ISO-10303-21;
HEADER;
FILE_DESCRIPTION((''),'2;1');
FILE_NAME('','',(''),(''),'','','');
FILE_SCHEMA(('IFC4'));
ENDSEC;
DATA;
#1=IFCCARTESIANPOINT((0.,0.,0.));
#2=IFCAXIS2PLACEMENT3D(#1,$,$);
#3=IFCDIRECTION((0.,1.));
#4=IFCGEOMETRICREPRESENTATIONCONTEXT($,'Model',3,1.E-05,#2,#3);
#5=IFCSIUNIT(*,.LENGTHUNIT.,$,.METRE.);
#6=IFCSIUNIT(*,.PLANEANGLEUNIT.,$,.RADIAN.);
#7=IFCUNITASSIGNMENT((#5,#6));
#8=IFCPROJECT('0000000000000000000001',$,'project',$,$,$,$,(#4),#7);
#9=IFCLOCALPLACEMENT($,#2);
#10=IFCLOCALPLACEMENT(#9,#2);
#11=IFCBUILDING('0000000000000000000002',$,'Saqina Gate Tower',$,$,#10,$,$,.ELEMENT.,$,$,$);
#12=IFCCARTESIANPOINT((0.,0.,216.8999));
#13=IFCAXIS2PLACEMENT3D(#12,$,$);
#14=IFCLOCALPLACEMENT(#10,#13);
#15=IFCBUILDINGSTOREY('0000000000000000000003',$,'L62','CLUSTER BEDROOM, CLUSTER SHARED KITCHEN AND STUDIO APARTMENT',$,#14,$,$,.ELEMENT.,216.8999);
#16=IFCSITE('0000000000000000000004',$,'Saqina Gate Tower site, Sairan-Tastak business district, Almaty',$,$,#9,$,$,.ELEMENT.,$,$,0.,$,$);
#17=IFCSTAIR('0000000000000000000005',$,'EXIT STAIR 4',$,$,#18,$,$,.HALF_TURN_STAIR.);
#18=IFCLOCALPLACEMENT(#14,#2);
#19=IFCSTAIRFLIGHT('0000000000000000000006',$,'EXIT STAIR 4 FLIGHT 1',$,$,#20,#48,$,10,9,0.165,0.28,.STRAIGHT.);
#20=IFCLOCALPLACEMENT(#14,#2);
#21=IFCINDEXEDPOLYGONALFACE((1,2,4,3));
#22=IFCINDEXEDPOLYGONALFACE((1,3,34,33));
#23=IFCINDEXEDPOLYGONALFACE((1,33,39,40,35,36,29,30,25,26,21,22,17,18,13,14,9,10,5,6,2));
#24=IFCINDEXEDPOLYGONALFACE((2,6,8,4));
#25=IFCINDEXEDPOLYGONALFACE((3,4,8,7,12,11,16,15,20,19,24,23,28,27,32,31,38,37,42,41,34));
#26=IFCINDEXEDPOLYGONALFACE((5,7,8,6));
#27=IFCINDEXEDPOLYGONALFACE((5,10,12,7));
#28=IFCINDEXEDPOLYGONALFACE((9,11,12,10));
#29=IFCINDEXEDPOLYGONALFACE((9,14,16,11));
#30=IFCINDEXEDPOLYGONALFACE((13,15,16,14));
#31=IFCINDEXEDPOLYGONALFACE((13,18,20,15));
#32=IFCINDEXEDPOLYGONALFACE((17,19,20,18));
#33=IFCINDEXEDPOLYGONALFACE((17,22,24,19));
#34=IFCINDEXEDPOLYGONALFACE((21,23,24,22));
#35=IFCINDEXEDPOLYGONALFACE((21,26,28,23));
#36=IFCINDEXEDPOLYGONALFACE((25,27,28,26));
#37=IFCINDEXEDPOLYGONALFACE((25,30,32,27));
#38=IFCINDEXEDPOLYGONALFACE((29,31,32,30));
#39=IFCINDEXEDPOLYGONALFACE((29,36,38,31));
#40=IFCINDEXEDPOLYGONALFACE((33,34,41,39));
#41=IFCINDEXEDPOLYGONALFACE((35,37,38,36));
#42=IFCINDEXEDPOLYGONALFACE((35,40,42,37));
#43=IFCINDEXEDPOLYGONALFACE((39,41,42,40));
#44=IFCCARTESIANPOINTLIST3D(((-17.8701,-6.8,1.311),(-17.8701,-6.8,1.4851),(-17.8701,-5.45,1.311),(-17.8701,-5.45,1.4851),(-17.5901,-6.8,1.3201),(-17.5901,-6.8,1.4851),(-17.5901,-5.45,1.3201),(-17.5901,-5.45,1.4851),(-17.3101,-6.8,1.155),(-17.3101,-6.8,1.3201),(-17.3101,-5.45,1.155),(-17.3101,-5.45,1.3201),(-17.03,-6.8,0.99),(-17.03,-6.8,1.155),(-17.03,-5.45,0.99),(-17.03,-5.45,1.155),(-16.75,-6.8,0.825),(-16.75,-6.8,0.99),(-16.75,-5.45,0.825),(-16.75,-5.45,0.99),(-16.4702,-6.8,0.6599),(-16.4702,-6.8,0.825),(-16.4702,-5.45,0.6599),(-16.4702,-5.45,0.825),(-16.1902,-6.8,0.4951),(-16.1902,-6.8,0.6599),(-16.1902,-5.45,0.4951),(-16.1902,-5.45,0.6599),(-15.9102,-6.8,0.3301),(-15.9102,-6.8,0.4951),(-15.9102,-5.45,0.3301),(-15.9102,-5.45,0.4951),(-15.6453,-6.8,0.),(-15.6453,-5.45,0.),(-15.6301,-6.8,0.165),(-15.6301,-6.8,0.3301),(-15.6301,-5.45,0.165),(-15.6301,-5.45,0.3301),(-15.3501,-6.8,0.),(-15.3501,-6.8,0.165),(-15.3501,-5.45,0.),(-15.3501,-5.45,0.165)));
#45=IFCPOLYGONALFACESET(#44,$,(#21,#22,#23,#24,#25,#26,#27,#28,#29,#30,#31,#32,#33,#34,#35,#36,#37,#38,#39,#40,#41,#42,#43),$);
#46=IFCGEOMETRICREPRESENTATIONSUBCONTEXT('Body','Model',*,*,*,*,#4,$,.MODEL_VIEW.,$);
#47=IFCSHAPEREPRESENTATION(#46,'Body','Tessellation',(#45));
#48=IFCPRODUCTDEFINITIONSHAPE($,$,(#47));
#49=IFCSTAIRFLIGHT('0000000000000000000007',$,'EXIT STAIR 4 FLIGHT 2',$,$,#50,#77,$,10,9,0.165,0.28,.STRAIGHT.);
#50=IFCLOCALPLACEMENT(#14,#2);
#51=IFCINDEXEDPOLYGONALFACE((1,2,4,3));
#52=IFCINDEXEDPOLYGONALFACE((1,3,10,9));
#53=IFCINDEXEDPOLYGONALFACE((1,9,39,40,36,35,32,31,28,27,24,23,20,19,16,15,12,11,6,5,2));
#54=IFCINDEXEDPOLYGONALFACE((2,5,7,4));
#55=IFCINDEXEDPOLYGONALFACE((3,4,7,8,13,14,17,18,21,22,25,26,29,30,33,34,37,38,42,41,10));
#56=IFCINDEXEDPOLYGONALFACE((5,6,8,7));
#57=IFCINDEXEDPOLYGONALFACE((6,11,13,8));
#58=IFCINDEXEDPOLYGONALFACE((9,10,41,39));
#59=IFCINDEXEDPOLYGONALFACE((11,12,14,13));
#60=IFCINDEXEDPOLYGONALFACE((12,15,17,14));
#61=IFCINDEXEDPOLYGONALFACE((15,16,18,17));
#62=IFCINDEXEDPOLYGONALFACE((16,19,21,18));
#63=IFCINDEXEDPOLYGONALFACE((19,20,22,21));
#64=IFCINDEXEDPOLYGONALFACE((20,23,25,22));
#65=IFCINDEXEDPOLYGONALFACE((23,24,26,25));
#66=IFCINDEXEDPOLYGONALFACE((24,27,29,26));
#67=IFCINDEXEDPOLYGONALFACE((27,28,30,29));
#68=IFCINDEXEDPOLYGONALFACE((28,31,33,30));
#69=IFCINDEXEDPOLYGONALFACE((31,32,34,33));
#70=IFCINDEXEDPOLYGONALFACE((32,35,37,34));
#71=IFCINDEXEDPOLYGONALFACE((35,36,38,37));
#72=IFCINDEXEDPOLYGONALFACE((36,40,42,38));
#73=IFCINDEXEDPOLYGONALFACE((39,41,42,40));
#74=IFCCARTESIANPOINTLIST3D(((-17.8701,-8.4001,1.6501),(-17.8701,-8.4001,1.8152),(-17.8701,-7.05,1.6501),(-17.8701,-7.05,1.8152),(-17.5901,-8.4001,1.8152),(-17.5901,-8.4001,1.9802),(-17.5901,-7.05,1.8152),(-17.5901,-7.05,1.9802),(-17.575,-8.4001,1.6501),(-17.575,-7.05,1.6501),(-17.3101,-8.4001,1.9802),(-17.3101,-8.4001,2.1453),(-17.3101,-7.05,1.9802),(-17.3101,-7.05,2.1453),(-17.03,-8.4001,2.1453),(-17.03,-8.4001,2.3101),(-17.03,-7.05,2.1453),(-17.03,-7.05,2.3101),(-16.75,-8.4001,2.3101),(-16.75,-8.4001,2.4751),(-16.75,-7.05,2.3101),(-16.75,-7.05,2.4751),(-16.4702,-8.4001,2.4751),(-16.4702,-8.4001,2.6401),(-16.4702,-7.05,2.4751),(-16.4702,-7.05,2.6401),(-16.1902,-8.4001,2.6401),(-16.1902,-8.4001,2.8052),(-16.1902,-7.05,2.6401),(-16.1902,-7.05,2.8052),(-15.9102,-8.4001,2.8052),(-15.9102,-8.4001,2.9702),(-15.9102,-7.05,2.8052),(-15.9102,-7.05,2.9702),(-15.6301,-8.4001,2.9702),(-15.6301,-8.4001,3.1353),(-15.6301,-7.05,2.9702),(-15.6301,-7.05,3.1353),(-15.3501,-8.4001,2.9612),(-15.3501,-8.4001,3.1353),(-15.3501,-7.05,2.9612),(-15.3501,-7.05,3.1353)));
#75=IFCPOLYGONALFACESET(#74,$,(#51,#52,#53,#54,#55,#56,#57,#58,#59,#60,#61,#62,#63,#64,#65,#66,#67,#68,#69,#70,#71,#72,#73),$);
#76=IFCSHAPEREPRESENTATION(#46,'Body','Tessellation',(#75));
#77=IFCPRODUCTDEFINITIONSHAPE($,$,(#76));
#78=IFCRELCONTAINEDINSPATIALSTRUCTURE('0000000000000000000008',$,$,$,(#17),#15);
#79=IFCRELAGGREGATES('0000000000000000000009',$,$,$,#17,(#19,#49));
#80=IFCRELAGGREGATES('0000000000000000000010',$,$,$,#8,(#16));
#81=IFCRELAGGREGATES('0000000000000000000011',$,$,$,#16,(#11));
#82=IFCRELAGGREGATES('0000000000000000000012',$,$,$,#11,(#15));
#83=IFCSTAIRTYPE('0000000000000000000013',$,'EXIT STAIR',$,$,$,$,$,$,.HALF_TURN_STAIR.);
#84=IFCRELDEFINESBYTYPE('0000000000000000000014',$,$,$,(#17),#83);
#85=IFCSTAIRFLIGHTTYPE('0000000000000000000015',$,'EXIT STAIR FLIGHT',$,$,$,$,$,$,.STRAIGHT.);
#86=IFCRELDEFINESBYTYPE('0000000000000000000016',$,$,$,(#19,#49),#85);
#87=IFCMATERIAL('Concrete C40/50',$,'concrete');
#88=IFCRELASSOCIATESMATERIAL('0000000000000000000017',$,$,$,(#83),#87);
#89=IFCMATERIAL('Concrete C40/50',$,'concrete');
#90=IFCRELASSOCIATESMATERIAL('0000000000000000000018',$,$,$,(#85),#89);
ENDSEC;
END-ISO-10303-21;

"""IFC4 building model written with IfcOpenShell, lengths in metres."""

from ifc_helpers import new_model, si_unit, direction, frame, origin, place, context, subcontext, project, spatial, polyline, outline, extrude, material, type_object, element, aggregate, save


model = new_model("IFC4")

# Units and contexts
model_context = context("Model", 3, precision=1e-05, world=origin(), true_north=direction((0.0, 1.0)))
body_context = subcontext(model_context, "Body", "Model", "MODEL_VIEW")
ifc_project = project(units=[si_unit("LENGTHUNIT", "METRE"), si_unit("PLANEANGLEUNIT", "RADIAN")], contexts=[model_context])

# Site, building, storey
site_placement = place(None, origin())
site = spatial("IfcSite", under=ifc_project, at=site_placement, Name="Saqina Gate Tower site, Sairan-Tastak business district, Almaty", CompositionType="ELEMENT", RefElevation=0.0)
building_placement = place(site_placement, origin())
building = spatial("IfcBuilding", under=site, at=building_placement, Name="Saqina Gate Tower", CompositionType="ELEMENT")
storey_placement = place(building_placement, frame((0.0, 0.0, 216.8999)))
storey = spatial("IfcBuildingStorey", under=building, at=storey_placement, Name="L62", Description="CLUSTER BEDROOM, CLUSTER SHARED KITCHEN AND STUDIO APARTMENT", CompositionType="ELEMENT", Elevation=216.8999)

# Stair, stair flights
ifc_material_1 = material(Name="Concrete C40/50", Category="concrete")
stair_type = type_object("IfcStairType", Name="EXIT STAIR", PredefinedType="HALF_TURN_STAIR", material=ifc_material_1)
stair_placement = place(storey_placement, origin())
stair = element("IfcStair", 1, at=stair_placement, inside=storey, type_object=stair_type, Name="EXIT STAIR 4", PredefinedType="HALF_TURN_STAIR")
ifc_material_2 = material(Name="Concrete C40/50", Category="concrete")
stair_flight_type = type_object("IfcStairFlightType", Name="EXIT STAIR FLIGHT", PredefinedType="STRAIGHT", material=ifc_material_2)
stair_flight_1_placement = place(storey_placement, frame((-15.3501, -6.125, 0.0), z_axis=(0.0, 0.0, 1.0), x_axis=(-1.0, 0.0, 0.0)))
stair_flight_1 = element("IfcStairFlight", 2, at=stair_flight_1_placement, type_object=stair_flight_type, Name="EXIT STAIR 4 FLIGHT 1", NumberOfRisers=10, NumberOfTreads=9, PredefinedType="STRAIGHT", RiserHeight=0.165, TreadLength=0.28, context=body_context, shape_type="SweptSolid", body=[
    extrude(outline(polyline([(0.0, 0.0), (0.0, 0.165), (0.28, 0.165), (0.28, 0.3301), (0.5601, 0.3301), (0.5601, 0.4951), (0.8401, 0.4951), (0.8401, 0.6599), (1.1201, 0.6599), (1.1201, 0.825), (1.3999, 0.825), (1.3999, 0.99), (1.6799, 0.99), (1.6799, 1.155), (1.96, 1.155), (1.96, 1.3201), (2.24, 1.3201), (2.24, 1.4851), (2.52, 1.4851), (2.52, 1.6499), (2.52, 1.311), (0.2952, 0.0), (0.0, 0.0)])), frame((0.0, 0.675, 0.0), z_axis=(0.0, -1.0, 0.0), x_axis=(1.0, 0.0, 0.0)), (0.0, 0.0, 1.0), 1.3501),
])
stair_flight_2_placement = place(storey_placement, frame((-17.8701, -7.7251, 1.6501), z_axis=(0.0, 0.0, 1.0), x_axis=(1.0, 0.0, 0.0)))
stair_flight_2 = element("IfcStairFlight", 3, at=stair_flight_2_placement, type_object=stair_flight_type, Name="EXIT STAIR 4 FLIGHT 2", NumberOfRisers=10, NumberOfTreads=9, PredefinedType="STRAIGHT", RiserHeight=0.165, TreadLength=0.28, context=body_context, shape_type="SweptSolid", body=[
    extrude(outline(polyline([(0.0, 0.0), (0.0, 0.165), (0.28, 0.165), (0.28, 0.3301), (0.5601, 0.3301), (0.5601, 0.4951), (0.8401, 0.4951), (0.8401, 0.6599), (1.1201, 0.6599), (1.1201, 0.825), (1.3999, 0.825), (1.3999, 0.99), (1.6799, 0.99), (1.6799, 1.155), (1.96, 1.155), (1.96, 1.3201), (2.24, 1.3201), (2.24, 1.4851), (2.52, 1.4851), (2.52, 1.6499), (2.52, 1.311), (0.2952, 0.0), (0.0, 0.0)])), frame((0.0, 0.675, 0.0), z_axis=(0.0, -1.0, 0.0), x_axis=(1.0, 0.0, 0.0)), (0.0, 0.0, 1.0), 1.3501),
])
aggregate(stair, [stair_flight_1, stair_flight_2])

save(model, "model.ifc")
